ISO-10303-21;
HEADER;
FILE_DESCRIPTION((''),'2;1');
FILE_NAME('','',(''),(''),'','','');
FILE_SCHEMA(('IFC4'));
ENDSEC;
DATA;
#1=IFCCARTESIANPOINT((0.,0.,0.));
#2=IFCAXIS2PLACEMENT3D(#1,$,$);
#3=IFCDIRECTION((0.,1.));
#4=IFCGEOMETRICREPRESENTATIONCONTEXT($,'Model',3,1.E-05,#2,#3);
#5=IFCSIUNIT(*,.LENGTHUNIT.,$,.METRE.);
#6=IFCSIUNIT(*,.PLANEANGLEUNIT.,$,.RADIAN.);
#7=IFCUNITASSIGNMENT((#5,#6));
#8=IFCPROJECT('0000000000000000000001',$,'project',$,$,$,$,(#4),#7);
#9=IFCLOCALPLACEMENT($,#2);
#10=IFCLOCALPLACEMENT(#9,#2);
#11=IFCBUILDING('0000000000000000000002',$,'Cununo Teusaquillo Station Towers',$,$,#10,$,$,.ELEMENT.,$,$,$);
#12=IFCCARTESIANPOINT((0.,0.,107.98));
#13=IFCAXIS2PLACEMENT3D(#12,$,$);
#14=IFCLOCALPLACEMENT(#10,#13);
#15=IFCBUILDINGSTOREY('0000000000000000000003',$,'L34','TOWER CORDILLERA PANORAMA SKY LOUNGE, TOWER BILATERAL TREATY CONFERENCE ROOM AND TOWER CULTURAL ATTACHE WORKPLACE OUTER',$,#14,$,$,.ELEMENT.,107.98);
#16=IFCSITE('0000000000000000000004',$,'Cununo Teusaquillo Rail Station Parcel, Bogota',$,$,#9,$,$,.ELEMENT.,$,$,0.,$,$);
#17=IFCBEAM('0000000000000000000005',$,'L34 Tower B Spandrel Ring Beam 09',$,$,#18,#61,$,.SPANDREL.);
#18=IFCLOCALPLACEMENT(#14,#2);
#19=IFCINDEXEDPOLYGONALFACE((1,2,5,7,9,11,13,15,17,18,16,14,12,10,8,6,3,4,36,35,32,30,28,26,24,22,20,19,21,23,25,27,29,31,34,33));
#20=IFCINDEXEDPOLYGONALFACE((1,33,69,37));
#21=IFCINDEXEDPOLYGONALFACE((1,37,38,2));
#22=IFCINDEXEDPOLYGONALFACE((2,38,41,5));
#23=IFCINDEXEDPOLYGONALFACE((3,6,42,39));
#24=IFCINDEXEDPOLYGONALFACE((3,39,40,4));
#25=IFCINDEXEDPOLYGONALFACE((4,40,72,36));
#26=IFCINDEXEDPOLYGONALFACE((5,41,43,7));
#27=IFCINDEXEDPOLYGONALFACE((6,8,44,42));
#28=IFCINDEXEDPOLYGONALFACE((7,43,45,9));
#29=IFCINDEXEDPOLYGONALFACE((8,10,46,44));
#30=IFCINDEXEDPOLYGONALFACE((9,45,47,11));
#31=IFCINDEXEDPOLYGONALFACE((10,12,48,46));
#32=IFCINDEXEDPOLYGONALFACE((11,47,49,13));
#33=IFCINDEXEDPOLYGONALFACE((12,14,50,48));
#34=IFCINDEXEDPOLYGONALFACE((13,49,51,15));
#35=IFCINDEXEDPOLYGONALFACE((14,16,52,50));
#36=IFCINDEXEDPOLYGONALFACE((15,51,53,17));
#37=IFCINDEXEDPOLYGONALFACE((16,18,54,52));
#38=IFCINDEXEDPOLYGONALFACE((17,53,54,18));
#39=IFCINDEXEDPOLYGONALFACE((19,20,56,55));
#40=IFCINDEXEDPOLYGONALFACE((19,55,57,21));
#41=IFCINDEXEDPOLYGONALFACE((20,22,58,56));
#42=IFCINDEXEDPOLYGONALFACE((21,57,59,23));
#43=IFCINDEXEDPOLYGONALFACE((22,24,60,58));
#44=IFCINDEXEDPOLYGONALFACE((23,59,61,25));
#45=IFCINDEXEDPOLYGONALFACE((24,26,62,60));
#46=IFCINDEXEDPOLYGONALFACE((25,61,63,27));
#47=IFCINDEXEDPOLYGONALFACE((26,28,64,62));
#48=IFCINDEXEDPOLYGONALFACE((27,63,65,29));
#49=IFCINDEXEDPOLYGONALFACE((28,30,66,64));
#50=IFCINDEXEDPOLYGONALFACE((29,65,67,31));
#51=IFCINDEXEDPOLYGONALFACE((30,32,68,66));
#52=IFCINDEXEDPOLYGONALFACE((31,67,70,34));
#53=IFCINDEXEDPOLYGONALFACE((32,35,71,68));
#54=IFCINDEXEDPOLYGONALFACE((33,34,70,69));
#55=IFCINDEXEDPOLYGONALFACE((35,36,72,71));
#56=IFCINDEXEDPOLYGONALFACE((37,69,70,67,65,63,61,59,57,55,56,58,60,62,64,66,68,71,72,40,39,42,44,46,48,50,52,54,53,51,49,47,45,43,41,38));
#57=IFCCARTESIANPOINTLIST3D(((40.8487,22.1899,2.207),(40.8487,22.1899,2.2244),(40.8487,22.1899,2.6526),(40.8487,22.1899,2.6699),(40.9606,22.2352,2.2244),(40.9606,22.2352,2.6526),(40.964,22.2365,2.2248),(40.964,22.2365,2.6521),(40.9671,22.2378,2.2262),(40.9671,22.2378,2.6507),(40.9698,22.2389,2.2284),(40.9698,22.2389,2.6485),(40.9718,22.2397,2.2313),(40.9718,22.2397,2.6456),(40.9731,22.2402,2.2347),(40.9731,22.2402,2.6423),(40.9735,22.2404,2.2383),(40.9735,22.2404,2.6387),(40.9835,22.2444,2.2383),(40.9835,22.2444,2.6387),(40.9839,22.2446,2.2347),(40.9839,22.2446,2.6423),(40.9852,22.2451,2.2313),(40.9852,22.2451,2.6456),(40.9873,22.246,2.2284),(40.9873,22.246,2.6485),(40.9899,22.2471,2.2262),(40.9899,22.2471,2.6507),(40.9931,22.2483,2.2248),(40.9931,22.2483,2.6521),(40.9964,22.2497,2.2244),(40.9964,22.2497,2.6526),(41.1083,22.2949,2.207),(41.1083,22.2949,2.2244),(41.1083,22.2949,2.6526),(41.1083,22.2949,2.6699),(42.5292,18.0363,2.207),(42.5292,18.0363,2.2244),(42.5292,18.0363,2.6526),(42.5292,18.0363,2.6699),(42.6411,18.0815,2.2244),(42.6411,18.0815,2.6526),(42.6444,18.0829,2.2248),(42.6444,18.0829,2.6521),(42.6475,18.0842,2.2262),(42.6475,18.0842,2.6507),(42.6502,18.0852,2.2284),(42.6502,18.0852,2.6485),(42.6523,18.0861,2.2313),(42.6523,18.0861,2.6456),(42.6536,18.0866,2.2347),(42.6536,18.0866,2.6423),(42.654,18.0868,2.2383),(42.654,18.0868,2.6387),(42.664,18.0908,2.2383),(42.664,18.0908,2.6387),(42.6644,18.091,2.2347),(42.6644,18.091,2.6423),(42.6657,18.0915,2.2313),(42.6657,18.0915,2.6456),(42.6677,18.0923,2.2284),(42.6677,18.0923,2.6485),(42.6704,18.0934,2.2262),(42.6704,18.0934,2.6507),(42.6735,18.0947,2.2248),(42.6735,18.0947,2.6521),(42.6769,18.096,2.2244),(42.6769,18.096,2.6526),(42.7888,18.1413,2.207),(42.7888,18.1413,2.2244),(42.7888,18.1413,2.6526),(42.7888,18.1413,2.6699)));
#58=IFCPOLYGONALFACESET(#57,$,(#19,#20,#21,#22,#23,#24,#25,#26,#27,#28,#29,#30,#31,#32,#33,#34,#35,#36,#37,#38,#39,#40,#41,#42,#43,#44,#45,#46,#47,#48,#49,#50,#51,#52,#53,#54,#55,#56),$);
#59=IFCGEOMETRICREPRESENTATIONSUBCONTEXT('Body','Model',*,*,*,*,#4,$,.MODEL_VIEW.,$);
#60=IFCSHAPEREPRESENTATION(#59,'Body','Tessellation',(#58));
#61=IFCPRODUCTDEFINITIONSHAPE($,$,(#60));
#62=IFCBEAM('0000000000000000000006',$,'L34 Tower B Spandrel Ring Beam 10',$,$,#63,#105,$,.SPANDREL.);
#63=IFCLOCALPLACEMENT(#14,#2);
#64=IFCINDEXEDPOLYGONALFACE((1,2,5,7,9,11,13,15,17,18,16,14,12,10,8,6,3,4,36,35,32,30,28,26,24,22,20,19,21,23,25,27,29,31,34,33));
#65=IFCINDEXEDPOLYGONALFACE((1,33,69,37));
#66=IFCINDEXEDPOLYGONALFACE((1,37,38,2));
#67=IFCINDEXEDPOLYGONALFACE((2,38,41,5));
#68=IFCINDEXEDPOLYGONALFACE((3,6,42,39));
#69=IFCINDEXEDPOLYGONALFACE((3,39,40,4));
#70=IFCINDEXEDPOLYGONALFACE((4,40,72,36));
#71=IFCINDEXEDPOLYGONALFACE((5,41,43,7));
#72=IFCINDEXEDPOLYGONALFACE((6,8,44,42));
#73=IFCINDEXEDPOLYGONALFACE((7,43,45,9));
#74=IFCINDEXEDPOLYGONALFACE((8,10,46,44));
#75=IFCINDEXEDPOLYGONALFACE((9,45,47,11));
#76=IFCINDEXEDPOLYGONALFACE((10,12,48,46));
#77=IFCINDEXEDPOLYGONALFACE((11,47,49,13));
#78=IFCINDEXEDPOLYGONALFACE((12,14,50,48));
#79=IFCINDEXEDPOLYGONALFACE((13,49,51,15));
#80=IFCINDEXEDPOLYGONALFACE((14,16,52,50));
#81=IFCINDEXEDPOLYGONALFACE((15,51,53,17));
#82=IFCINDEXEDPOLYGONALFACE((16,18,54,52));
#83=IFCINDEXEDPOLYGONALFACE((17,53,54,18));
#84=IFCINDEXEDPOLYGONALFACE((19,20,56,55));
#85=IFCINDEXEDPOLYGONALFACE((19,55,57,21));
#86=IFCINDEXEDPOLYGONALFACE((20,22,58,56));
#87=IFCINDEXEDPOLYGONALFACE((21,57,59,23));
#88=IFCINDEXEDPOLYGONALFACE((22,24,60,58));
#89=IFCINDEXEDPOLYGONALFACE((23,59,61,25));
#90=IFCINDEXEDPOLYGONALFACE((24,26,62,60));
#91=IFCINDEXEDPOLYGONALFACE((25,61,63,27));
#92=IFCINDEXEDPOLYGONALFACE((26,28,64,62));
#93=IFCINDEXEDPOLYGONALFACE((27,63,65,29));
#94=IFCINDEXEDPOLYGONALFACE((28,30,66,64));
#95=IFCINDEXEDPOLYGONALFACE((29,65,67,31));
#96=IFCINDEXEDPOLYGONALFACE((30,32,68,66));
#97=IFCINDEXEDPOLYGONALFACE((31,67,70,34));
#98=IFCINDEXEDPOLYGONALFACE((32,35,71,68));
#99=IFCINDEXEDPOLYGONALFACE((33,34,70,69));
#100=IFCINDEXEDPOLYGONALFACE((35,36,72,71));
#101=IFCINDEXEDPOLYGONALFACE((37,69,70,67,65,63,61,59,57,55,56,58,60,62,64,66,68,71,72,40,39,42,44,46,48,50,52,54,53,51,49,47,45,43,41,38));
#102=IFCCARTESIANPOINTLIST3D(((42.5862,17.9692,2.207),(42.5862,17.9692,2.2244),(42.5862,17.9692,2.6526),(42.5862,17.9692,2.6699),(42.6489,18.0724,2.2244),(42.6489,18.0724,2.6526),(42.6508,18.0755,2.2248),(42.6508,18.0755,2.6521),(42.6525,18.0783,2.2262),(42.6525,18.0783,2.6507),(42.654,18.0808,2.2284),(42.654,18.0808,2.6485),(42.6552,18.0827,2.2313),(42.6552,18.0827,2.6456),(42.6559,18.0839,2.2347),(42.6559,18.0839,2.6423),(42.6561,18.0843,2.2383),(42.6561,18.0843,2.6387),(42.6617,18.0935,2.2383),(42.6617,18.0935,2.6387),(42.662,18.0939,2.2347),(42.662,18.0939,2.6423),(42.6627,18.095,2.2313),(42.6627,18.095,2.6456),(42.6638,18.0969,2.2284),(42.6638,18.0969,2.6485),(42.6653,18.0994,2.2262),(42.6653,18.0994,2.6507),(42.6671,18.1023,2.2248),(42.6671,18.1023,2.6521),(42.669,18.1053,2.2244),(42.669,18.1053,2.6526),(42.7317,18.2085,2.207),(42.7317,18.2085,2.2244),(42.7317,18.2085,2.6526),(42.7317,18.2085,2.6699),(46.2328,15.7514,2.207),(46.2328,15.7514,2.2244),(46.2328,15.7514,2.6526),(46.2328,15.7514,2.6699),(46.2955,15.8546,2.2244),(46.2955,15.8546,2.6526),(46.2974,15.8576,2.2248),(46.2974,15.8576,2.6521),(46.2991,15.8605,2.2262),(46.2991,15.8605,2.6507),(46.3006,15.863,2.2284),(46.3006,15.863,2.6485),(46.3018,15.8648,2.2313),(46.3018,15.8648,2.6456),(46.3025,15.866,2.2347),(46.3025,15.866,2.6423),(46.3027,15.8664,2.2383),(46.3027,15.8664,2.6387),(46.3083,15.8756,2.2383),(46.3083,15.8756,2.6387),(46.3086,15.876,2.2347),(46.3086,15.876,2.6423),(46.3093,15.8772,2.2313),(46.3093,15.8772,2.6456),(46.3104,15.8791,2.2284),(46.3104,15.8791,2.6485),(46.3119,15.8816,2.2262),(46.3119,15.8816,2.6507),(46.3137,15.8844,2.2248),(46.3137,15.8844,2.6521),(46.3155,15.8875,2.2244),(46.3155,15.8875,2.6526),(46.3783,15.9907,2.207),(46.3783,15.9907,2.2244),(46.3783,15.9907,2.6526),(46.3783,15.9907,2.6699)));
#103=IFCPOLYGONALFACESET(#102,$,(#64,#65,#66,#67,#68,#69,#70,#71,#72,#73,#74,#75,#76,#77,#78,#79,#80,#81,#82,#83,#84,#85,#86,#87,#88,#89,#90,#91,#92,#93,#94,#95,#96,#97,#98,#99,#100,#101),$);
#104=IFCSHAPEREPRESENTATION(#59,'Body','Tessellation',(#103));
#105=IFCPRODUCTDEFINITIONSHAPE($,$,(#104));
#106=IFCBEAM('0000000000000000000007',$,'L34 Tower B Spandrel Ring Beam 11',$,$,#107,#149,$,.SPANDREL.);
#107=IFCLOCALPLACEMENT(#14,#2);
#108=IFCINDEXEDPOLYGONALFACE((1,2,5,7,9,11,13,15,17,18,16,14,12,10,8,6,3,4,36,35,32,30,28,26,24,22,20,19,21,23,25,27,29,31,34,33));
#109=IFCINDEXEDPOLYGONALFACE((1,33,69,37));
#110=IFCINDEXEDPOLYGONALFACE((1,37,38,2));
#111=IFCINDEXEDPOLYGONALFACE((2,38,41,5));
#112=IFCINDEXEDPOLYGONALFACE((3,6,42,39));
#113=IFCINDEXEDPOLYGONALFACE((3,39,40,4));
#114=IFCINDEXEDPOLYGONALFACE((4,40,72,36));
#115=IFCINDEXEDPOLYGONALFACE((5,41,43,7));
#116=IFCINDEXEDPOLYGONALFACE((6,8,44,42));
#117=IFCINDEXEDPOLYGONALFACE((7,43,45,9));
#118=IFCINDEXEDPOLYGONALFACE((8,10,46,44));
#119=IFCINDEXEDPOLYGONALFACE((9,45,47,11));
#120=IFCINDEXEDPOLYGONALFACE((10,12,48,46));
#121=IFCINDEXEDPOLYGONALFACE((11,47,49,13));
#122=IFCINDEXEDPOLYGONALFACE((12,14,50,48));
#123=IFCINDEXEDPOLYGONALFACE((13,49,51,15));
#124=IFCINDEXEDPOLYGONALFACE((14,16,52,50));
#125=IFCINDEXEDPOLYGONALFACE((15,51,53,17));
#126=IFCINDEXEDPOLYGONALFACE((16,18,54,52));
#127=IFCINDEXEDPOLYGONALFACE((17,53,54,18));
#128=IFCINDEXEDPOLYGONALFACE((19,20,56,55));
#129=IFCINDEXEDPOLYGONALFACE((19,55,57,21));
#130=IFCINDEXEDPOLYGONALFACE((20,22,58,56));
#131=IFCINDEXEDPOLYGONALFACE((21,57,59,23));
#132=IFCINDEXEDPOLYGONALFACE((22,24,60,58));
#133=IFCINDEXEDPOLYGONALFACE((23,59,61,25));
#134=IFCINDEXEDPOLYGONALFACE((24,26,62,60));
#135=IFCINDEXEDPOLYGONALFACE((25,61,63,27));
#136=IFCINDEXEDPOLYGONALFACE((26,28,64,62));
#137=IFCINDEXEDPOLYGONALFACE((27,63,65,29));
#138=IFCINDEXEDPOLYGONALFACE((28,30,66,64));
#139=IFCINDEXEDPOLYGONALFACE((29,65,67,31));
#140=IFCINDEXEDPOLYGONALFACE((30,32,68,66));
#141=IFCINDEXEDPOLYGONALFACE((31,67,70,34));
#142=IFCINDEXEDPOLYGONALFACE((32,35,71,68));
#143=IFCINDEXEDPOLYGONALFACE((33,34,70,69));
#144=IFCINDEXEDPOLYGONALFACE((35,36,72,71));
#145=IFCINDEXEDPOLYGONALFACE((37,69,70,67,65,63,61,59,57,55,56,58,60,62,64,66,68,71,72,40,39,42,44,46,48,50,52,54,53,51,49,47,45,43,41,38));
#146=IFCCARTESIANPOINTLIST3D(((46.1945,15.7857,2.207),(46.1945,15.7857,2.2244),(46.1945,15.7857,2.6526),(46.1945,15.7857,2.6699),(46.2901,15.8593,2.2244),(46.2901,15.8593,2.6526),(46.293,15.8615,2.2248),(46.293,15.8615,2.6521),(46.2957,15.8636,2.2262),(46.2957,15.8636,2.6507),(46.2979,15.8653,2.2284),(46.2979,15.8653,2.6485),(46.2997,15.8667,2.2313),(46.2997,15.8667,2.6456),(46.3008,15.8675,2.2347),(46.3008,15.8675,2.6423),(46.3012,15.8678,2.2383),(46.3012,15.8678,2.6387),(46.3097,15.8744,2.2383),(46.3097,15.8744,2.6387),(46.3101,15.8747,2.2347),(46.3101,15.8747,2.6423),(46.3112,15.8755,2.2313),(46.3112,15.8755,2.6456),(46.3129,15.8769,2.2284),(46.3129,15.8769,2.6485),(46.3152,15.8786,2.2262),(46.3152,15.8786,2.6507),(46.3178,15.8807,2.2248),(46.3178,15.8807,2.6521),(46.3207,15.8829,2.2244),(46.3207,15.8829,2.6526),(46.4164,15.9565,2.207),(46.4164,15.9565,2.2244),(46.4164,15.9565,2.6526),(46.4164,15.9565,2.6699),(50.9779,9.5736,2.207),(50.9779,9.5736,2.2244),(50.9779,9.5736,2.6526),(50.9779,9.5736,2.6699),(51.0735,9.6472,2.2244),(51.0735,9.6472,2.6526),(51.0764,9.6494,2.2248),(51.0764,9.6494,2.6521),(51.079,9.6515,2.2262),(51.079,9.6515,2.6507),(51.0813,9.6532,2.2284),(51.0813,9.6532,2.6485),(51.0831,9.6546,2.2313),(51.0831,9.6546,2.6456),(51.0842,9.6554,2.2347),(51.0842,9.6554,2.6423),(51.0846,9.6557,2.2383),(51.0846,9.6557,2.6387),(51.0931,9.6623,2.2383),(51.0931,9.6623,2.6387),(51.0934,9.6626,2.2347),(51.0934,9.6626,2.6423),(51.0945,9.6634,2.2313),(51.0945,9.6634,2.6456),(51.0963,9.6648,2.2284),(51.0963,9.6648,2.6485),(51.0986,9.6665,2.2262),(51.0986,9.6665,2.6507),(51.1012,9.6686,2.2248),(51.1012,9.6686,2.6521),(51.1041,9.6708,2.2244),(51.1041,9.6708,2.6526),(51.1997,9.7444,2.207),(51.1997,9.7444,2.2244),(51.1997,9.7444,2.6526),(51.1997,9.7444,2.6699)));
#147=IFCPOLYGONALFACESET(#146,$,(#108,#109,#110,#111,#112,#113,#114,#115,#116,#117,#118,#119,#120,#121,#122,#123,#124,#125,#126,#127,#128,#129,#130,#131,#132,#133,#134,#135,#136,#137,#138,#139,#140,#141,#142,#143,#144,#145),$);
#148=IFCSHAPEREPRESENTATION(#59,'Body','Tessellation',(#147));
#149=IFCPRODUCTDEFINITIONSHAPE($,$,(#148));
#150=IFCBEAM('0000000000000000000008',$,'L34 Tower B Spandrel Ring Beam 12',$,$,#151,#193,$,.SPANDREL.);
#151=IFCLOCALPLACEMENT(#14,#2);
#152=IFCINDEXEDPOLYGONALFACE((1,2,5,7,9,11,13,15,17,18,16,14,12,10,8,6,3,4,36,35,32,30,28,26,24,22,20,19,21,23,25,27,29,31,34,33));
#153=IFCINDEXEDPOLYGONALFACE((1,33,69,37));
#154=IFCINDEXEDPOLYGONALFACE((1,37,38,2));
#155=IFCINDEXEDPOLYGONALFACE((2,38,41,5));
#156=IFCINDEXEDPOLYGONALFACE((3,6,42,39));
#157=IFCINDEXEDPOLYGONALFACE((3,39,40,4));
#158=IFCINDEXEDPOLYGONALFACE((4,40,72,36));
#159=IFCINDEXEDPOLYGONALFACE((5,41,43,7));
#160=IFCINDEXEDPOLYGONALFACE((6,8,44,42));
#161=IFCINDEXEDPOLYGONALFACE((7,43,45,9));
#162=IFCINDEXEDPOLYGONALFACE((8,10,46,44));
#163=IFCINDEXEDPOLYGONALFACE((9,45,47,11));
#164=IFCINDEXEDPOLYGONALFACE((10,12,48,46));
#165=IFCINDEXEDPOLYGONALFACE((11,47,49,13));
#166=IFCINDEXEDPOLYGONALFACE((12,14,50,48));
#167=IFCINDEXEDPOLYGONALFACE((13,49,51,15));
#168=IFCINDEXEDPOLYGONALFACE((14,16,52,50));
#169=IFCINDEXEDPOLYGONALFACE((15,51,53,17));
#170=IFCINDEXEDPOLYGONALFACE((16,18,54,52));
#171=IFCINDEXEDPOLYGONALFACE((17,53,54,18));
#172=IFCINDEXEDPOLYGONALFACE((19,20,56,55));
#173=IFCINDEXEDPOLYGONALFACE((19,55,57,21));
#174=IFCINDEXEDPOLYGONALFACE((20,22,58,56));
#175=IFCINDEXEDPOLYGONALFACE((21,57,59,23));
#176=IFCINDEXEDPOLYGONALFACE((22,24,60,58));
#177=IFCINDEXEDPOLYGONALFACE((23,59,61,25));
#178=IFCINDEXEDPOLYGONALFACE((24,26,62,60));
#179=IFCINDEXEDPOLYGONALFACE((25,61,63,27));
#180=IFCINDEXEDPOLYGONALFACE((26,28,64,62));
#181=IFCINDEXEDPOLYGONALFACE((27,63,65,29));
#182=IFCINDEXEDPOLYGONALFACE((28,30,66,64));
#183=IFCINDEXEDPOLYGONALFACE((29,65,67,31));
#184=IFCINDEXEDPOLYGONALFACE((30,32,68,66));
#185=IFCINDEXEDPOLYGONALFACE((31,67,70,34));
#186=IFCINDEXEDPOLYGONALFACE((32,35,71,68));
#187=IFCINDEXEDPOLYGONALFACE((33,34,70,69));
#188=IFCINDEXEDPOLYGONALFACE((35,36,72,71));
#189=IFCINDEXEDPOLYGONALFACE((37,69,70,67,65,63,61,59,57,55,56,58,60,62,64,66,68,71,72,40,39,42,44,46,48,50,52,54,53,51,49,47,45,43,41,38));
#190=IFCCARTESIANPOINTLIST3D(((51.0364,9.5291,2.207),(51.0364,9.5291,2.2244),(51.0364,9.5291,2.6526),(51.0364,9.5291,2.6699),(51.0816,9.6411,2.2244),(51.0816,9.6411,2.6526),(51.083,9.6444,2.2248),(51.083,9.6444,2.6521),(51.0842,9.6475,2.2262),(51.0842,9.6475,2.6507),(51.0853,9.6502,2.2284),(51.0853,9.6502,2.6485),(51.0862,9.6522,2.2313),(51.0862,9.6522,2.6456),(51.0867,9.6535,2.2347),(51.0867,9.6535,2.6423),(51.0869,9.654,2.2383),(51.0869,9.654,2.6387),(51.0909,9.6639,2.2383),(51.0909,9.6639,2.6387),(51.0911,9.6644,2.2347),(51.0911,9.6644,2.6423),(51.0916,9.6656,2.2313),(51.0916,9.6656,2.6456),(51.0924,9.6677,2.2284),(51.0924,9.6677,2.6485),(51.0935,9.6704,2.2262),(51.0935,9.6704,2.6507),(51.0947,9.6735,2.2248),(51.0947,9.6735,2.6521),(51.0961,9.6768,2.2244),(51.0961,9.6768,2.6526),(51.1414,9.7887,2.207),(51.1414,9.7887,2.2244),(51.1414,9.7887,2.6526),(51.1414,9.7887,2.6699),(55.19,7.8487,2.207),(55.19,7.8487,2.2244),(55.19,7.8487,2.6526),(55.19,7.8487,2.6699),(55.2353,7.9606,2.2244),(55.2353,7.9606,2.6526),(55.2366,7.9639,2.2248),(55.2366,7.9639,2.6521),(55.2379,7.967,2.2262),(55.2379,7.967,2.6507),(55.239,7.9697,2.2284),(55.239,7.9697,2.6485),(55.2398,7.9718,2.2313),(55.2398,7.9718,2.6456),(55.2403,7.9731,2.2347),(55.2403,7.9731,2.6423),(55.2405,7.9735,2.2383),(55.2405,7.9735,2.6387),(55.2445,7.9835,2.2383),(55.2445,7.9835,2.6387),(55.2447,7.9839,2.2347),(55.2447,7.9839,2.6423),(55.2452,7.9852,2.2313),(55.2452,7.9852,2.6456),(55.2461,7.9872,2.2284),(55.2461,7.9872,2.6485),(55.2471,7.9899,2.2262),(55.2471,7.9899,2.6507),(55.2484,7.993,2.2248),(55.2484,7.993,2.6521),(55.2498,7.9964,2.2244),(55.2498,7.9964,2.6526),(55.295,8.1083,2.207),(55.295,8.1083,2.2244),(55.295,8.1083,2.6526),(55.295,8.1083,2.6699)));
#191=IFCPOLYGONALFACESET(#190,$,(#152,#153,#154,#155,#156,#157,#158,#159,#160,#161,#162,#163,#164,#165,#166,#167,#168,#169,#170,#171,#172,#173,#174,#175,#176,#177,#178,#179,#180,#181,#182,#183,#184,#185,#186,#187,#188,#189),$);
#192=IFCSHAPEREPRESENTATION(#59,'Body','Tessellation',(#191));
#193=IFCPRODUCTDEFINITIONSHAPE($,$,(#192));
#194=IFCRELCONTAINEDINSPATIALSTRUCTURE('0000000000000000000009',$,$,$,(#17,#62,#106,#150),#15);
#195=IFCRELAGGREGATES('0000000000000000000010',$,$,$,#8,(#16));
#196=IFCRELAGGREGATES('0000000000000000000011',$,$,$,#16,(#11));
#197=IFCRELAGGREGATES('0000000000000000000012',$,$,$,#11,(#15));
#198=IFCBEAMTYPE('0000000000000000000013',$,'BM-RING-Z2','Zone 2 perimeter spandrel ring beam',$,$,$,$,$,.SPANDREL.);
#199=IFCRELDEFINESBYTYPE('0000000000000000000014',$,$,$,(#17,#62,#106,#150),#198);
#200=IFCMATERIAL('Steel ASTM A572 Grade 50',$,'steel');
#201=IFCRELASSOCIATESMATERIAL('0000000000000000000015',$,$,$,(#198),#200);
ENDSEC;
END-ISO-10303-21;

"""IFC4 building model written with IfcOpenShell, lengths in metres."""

from ifc_helpers import new_model, si_unit, direction, frame, origin, origin_2d, place, context, subcontext, project, spatial, i_section, extrude, material, material_profile, profile_set, type_object, element, save


model = new_model("IFC4")

# Units and contexts
model_context = context("Model", 3, precision=1e-05, world=origin(), true_north=direction((0.0, 1.0)))
body_context = subcontext(model_context, "Body", "Model", "MODEL_VIEW")
ifc_project = project(units=[si_unit("LENGTHUNIT", "METRE"), si_unit("PLANEANGLEUNIT", "RADIAN")], contexts=[model_context])

# Site, building, storey
site_placement = place(None, origin())
site = spatial("IfcSite", under=ifc_project, at=site_placement, Name="Cununo Teusaquillo Rail Station Parcel, Bogota", CompositionType="ELEMENT", RefElevation=0.0)
building_placement = place(site_placement, origin())
building = spatial("IfcBuilding", under=site, at=building_placement, Name="Cununo Teusaquillo Station Towers", CompositionType="ELEMENT")
storey_placement = place(building_placement, frame((0.0, 0.0, 107.98)))
storey = spatial("IfcBuildingStorey", under=building, at=storey_placement, Name="L34", Description="TOWER CORDILLERA PANORAMA SKY LOUNGE, TOWER BILATERAL TREATY CONFERENCE ROOM AND TOWER CULTURAL ATTACHE WORKPLACE OUTER", CompositionType="ELEMENT", Elevation=107.98)

# Beams
ifc_material_1 = material(Name="Steel ASTM A572 Grade 50", Category="steel")
ifc_material_profile_1 = material_profile(ifc_material_1, i_section(OverallWidth=0.28, OverallDepth=0.4629, WebThickness=0.0107, FlangeThickness=0.0173, FilletRadius=0.0139, at=origin_2d()), Name="W18X76")
ifc_profile_set_1 = profile_set([ifc_material_profile_1], Name="Steel ASTM A572 Grade 50")
beam_type_1 = type_object("IfcBeamType", Name="BM-RING-Z2", Description="Zone 2 perimeter spandrel ring beam", PredefinedType="SPANDREL", material=ifc_profile_set_1)
beam_1_placement = place(storey_placement, frame((40.9785, 22.2424, 2.4385), z_axis=(0.375042, -0.927008, 0.0), x_axis=(0.927008, 0.375042, 0.0)))
element("IfcBeam", 1, at=beam_1_placement, inside=storey, type_object=beam_type_1, Name="L34 Tower B Spandrel Ring Beam 09", PredefinedType="SPANDREL", context=body_context, shape_type="SweptSolid", body=[
    extrude(i_section(OverallWidth=0.28, OverallDepth=0.4629, WebThickness=0.0107, FlangeThickness=0.0173, FilletRadius=0.0139, at=origin_2d()), origin(), (0.0, 0.0, 1.0), 4.4807),
])
beam_2_placement = place(storey_placement, frame((42.6589, 18.0889, 2.4385), z_axis=(0.854388, -0.519635, 0.0), x_axis=(0.519635, 0.854388, 0.0)))
element("IfcBeam", 2, at=beam_2_placement, inside=storey, type_object=beam_type_1, Name="L34 Tower B Spandrel Ring Beam 10", PredefinedType="SPANDREL", context=body_context, shape_type="SweptSolid", body=[
    extrude(i_section(OverallWidth=0.28, OverallDepth=0.4629, WebThickness=0.0107, FlangeThickness=0.0173, FilletRadius=0.0139, at=origin_2d()), origin(), (0.0, 0.0, 1.0), 4.2681),
])
beam_3_placement = place(storey_placement, frame((46.3054, 15.8711, 2.4385), z_axis=(0.6101, -0.792324, 0.0), x_axis=(0.792324, 0.6101, 0.0)))
element("IfcBeam", 3, at=beam_3_placement, inside=storey, type_object=beam_type_1, Name="L34 Tower B Spandrel Ring Beam 11", PredefinedType="SPANDREL", context=body_context, shape_type="SweptSolid", body=[
    extrude(i_section(OverallWidth=0.28, OverallDepth=0.4629, WebThickness=0.0107, FlangeThickness=0.0173, FilletRadius=0.0139, at=origin_2d()), origin(), (0.0, 0.0, 1.0), 7.8403),
])
beam_4_placement = place(storey_placement, frame((51.0889, 9.6589, 2.4385), z_axis=(0.927008, -0.375042, 0.0), x_axis=(0.375042, 0.927008, 0.0)))
element("IfcBeam", 4, at=beam_4_placement, inside=storey, type_object=beam_type_1, Name="L34 Tower B Spandrel Ring Beam 12", PredefinedType="SPANDREL", context=body_context, shape_type="SweptSolid", body=[
    extrude(i_section(OverallWidth=0.28, OverallDepth=0.4629, WebThickness=0.0107, FlangeThickness=0.0173, FilletRadius=0.0139, at=origin_2d()), origin(), (0.0, 0.0, 1.0), 4.4807),
])

save(model, "model.ifc")
